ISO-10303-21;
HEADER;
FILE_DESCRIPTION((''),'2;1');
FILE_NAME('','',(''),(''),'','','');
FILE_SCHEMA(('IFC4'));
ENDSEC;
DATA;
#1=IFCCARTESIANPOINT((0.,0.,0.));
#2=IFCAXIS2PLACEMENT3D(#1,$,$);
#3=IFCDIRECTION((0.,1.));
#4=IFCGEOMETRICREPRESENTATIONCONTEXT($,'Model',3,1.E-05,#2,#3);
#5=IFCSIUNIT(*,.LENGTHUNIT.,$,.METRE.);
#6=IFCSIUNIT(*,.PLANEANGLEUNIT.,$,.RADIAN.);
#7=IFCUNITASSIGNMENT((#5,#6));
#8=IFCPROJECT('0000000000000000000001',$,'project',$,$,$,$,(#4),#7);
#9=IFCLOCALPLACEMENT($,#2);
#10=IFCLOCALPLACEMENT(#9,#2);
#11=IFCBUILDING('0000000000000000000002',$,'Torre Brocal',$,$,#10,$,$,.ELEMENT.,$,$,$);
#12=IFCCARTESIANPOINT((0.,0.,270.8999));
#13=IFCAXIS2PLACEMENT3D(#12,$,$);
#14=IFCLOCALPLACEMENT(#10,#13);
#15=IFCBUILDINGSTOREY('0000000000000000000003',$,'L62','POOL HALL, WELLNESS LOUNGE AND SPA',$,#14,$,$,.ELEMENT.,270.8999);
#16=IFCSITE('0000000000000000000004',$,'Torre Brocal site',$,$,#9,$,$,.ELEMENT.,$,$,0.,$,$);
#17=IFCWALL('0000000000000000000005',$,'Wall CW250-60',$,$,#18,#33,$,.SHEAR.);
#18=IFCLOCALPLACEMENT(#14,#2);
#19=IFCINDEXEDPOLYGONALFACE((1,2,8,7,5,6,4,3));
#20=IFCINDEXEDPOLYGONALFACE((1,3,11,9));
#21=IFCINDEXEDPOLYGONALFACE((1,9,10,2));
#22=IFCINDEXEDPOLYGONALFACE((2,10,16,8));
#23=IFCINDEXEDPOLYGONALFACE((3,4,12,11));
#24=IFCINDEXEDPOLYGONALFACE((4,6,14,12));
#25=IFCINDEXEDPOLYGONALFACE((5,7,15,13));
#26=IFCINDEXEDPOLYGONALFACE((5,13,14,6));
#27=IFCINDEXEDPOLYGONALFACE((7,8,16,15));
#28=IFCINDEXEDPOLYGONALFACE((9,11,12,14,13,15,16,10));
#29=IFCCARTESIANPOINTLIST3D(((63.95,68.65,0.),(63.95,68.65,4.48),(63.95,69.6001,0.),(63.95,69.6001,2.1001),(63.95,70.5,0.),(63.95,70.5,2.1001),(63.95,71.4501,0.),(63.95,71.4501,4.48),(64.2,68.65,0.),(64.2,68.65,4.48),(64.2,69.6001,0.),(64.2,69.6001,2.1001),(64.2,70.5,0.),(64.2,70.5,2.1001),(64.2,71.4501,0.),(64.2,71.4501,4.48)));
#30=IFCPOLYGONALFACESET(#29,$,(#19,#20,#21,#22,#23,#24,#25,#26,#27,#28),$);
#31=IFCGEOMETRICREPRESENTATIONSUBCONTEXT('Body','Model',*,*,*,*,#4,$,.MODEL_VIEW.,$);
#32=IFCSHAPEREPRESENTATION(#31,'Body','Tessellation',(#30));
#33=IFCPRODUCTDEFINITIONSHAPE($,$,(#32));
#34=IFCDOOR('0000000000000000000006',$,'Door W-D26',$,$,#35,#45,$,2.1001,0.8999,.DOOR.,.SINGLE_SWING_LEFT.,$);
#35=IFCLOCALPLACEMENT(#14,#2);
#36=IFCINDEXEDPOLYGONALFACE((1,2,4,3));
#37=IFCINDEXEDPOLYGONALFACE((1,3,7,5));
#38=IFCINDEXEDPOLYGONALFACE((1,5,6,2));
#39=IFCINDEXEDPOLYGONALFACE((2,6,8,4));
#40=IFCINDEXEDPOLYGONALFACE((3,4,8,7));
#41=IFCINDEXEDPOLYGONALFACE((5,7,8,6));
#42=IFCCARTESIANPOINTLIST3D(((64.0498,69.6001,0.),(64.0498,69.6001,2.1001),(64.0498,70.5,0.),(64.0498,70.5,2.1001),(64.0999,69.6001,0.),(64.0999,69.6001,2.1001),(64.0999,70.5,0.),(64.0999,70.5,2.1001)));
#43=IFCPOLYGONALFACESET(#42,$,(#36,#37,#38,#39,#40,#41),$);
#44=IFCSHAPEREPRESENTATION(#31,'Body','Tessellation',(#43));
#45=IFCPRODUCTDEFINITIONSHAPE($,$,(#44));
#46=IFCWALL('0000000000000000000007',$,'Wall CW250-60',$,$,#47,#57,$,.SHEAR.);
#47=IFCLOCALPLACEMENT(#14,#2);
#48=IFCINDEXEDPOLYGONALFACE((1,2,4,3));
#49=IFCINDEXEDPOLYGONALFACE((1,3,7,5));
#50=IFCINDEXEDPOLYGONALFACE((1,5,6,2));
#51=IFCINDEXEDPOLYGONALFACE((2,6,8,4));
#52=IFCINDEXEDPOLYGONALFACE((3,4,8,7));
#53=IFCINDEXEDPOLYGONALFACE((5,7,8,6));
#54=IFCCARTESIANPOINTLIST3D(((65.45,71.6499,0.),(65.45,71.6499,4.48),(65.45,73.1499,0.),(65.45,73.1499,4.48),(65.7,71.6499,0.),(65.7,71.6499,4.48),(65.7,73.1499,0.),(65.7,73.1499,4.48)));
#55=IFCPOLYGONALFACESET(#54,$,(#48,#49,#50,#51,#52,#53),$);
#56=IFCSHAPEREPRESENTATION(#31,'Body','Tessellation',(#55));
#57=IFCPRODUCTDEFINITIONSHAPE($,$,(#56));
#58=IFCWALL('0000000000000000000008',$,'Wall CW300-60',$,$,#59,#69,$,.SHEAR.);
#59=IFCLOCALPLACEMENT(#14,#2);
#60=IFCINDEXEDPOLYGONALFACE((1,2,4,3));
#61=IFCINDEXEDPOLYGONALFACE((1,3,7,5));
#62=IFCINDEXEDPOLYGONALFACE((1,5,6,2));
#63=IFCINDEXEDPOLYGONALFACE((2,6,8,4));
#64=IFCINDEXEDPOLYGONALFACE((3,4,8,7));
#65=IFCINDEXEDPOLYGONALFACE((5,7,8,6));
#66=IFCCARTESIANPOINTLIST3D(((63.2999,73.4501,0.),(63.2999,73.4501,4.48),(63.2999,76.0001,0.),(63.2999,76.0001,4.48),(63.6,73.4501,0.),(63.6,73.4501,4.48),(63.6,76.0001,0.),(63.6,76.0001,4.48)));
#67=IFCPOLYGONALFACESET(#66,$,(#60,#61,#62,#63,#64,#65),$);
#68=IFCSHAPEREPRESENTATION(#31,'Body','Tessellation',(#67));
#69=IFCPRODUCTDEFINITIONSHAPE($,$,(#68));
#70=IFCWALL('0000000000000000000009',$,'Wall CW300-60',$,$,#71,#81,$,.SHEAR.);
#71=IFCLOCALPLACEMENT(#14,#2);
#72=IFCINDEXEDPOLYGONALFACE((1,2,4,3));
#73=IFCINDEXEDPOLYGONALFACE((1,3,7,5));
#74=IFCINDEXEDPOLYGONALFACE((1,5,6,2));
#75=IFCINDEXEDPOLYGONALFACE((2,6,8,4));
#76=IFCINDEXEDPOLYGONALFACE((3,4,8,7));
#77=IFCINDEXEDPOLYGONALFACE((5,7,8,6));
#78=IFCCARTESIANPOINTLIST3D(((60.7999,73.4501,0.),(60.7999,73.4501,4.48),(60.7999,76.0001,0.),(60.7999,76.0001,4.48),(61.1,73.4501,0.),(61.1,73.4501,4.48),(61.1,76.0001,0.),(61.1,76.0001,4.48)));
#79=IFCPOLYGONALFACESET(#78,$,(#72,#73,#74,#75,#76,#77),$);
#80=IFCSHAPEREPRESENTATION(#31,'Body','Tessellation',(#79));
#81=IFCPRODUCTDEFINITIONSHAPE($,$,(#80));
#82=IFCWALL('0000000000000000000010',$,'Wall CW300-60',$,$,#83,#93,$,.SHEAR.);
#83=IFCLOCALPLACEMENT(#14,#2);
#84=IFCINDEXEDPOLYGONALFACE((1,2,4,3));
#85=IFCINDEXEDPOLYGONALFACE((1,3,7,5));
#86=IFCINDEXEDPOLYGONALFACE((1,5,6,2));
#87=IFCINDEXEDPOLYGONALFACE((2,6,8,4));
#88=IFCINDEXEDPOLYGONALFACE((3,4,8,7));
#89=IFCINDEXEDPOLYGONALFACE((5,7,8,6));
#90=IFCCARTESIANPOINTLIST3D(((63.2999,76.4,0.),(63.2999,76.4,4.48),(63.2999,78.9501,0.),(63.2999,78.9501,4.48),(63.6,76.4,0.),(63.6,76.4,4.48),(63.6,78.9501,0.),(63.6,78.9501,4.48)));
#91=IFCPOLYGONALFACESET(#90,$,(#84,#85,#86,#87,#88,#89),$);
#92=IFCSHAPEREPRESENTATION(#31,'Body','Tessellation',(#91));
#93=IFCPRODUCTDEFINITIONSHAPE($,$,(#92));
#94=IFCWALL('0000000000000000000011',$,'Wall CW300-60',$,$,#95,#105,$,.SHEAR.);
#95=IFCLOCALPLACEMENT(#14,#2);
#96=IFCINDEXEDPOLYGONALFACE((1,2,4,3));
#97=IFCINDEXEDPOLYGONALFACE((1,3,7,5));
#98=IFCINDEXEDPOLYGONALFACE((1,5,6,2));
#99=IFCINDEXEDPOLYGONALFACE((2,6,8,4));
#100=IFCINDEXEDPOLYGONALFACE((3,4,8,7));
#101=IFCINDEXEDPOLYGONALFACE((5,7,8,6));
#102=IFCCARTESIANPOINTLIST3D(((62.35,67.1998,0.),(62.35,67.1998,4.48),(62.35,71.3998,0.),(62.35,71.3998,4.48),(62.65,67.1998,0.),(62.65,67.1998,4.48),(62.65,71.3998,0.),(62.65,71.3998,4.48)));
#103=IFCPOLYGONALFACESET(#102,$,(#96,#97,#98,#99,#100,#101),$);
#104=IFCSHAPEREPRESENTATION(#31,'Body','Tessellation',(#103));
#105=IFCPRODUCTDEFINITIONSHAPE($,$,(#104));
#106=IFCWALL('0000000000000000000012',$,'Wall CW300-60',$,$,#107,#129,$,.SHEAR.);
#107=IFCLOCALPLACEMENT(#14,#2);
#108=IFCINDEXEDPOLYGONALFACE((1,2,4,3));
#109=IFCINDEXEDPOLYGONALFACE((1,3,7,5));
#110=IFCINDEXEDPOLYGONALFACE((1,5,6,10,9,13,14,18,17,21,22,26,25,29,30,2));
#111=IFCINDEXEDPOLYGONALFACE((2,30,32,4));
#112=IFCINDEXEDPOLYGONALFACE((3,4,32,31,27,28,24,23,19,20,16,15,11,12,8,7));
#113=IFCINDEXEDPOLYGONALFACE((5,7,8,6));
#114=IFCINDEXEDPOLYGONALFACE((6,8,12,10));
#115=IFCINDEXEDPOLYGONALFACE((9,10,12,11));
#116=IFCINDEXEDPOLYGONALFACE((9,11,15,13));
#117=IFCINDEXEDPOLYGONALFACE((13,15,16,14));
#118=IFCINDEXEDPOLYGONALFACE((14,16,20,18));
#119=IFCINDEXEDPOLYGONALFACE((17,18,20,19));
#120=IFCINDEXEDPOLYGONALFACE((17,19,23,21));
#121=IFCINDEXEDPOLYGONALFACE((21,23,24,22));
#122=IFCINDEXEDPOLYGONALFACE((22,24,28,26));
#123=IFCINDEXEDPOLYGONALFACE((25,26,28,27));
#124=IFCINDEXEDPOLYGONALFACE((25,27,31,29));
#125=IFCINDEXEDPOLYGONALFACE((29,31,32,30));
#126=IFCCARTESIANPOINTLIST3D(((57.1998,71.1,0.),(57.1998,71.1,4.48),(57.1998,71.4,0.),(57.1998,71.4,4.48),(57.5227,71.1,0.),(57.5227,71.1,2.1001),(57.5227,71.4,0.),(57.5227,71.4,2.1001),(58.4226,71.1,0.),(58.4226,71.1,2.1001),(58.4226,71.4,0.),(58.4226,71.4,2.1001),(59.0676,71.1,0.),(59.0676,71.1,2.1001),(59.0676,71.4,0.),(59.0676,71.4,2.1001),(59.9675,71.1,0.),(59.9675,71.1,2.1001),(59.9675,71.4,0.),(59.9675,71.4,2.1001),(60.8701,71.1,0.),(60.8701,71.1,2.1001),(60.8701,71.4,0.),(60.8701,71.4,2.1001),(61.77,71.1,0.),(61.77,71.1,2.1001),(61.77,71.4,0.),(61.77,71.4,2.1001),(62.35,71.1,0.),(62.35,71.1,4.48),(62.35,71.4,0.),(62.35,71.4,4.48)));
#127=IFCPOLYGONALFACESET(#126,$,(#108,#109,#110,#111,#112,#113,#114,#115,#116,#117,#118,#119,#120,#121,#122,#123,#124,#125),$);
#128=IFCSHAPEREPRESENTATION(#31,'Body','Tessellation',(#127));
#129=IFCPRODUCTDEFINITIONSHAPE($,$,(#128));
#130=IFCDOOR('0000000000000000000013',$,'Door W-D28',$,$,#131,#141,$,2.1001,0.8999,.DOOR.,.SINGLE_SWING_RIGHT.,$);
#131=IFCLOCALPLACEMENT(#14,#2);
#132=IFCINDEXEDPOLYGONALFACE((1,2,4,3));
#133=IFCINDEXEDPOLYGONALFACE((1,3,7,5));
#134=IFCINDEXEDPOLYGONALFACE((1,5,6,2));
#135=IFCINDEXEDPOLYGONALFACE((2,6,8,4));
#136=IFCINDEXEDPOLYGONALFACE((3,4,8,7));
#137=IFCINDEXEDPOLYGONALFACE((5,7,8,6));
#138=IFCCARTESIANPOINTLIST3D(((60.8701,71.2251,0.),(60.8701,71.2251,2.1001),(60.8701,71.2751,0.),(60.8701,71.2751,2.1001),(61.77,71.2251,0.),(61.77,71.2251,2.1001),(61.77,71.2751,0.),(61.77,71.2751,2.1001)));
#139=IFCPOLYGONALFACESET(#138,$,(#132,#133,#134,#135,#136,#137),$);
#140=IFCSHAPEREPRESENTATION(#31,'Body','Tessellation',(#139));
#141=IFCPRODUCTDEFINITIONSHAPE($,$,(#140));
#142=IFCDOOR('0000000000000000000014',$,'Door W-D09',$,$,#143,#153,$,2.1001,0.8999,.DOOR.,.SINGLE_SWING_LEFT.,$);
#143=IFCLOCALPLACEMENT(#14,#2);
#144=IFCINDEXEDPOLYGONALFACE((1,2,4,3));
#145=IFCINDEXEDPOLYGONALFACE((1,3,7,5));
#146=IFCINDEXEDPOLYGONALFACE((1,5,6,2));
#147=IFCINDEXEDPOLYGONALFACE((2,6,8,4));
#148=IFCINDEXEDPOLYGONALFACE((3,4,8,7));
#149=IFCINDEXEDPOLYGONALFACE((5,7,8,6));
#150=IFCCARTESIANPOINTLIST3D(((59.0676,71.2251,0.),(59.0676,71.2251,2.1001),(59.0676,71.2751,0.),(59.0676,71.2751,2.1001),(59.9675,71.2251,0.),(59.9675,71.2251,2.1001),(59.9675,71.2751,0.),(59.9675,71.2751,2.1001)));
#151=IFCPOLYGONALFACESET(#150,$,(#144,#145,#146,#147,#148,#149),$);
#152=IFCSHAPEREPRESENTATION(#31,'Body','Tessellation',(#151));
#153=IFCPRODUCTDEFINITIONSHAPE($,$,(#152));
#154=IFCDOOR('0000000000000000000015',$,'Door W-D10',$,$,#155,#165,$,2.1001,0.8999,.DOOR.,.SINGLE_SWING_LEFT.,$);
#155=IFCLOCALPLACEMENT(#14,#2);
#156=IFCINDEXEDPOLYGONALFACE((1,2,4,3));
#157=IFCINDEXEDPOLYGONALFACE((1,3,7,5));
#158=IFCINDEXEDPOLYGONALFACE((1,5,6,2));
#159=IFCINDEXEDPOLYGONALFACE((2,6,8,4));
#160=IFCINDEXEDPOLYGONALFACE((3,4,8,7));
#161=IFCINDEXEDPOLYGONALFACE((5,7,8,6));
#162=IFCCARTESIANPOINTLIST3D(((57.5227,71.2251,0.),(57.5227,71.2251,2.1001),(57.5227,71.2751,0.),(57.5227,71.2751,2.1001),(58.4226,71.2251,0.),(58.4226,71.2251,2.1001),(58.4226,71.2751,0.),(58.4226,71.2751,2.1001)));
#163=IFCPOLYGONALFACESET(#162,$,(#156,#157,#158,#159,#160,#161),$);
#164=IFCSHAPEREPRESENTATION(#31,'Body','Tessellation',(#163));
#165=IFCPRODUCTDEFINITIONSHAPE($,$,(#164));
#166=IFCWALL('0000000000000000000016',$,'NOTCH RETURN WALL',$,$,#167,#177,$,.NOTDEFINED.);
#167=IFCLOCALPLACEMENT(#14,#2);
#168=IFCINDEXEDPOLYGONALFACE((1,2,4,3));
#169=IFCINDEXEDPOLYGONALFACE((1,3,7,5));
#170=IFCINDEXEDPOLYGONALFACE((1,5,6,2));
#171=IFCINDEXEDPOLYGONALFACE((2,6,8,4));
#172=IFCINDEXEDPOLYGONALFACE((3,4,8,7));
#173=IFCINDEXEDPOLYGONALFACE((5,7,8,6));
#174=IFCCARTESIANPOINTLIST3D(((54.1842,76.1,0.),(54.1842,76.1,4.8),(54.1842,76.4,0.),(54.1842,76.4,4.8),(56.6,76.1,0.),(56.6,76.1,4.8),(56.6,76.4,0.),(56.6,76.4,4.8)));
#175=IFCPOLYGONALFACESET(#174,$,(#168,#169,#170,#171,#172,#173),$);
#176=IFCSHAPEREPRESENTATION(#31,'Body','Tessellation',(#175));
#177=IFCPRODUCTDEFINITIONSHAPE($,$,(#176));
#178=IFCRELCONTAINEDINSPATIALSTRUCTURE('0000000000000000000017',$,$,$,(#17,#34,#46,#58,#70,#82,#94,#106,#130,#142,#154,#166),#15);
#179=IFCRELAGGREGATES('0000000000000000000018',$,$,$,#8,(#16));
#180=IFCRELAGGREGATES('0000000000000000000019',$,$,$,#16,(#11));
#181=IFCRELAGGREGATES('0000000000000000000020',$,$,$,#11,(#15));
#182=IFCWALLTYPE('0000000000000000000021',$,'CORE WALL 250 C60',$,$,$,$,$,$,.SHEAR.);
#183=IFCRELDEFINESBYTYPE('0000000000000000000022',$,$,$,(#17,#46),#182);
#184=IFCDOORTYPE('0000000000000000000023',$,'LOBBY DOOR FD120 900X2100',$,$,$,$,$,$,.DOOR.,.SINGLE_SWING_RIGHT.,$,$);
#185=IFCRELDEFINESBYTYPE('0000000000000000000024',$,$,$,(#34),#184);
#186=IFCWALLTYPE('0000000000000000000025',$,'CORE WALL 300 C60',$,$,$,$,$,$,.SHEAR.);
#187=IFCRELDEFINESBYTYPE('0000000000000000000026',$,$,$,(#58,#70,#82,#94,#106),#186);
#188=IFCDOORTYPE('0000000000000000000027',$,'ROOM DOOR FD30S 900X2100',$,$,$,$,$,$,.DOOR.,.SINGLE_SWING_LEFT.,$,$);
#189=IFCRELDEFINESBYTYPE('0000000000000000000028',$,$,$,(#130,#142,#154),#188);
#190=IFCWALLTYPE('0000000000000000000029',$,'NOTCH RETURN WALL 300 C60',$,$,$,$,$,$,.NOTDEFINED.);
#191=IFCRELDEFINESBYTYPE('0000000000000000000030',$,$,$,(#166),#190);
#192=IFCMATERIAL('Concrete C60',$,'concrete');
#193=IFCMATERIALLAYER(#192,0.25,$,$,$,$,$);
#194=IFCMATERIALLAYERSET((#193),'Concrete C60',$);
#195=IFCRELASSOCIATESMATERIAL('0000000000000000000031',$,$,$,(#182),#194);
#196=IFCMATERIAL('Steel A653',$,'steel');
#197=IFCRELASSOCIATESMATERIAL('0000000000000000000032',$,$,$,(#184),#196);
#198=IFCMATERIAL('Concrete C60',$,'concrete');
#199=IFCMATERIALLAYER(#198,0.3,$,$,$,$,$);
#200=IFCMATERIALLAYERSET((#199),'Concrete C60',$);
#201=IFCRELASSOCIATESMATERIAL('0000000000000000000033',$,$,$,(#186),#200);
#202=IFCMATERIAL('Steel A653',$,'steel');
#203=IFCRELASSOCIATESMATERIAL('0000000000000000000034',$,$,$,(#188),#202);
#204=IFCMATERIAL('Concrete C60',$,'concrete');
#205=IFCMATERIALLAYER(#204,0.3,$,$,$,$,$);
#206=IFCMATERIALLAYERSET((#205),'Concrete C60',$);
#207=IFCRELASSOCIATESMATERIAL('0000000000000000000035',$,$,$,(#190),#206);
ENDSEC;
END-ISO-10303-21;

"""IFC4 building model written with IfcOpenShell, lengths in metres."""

from ifc_helpers import new_model, si_unit, direction, frame, frame_2d, origin, place, context, subcontext, project, spatial, rectangle, extrude, material, layer, layer_set, type_object, element, fill, save


model = new_model("IFC4")

# Units and contexts
model_context = context("Model", 3, precision=1e-05, world=origin(), true_north=direction((0.0, 1.0)))
body_context = subcontext(model_context, "Body", "Model", "MODEL_VIEW")
ifc_project = project(units=[si_unit("LENGTHUNIT", "METRE"), si_unit("PLANEANGLEUNIT", "RADIAN")], contexts=[model_context])

# Site, building, storey
site_placement = place(None, origin())
site = spatial("IfcSite", under=ifc_project, at=site_placement, Name="Torre Brocal site", CompositionType="ELEMENT", RefElevation=0.0)
building_placement = place(site_placement, origin())
building = spatial("IfcBuilding", under=site, at=building_placement, Name="Torre Brocal", CompositionType="ELEMENT")
storey_placement = place(building_placement, frame((0.0, 0.0, 270.8999)))
storey = spatial("IfcBuildingStorey", under=building, at=storey_placement, Name="L62", Description="POOL HALL, WELLNESS LOUNGE AND SPA", CompositionType="ELEMENT", Elevation=270.8999)

# Wall, opening, door
ifc_material_1 = material(Name="Concrete C60", Category="concrete")
ifc_layer_1 = layer(ifc_material_1, 0.25)
ifc_layer_set_1 = layer_set([ifc_layer_1], Name="Concrete C60")
wall_type_1 = type_object("IfcWallType", Name="CORE WALL 250 C60", PredefinedType="SHEAR", material=ifc_layer_set_1)
wall_1_placement = place(storey_placement, frame((64.075, 71.45, 0.0), z_axis=(0.0, 0.0, 1.0), x_axis=(0.0, -1.0, 0.0)))
wall_1 = element("IfcWall", 1, at=wall_1_placement, inside=storey, type_object=wall_type_1, Name="Wall CW250-60", PredefinedType="SHEAR", context=body_context, shape_type="SweptSolid", body=[
    extrude(rectangle(XDim=2.8, YDim=0.25, at=frame_2d((1.3999, 0.0))), origin(), (0.0, 0.0, 1.0), 4.48),
])
opening_1_placement = place(wall_1_placement, frame((0.95, 0.0, 0.0)))
opening_1 = element("IfcOpeningElement", 2, at=opening_1_placement, cuts=wall_1, PredefinedType="OPENING", context=body_context, shape_type="SweptSolid", body=[
    extrude(rectangle(XDim=0.8999, YDim=2.1001, at=frame_2d((0.45, 1.05))), frame((0.0, 0.135, 0.0), z_axis=(0.0, -1.0, 0.0), x_axis=(1.0, 0.0, 0.0)), (0.0, 0.0, 1.0), 0.27),
])
ifc_material_2 = material(Name="Steel A653", Category="steel")
door_type_1 = type_object("IfcDoorType", Name="LOBBY DOOR FD120 900X2100", OperationType="SINGLE_SWING_RIGHT", PredefinedType="DOOR", material=ifc_material_2)
door_1_placement = place(opening_1_placement, origin())
door_1 = element("IfcDoor", 3, at=door_1_placement, inside=storey, type_object=door_type_1, Name="Door W-D26", OperationType="SINGLE_SWING_LEFT", OverallHeight=2.1001, OverallWidth=0.8999, PredefinedType="DOOR", context=body_context, shape_type="SweptSolid", body=[
    extrude(rectangle(XDim=0.8999, YDim=2.1001, at=frame_2d((0.45, 1.05))), frame((0.0, 0.0249, 0.0), z_axis=(0.0, -1.0, 0.0), x_axis=(1.0, 0.0, 0.0)), (0.0, 0.0, 1.0), 0.05),
])
fill(opening_1, door_1)

# Walls
wall_2_placement = place(storey_placement, frame((65.575, 73.1499, 0.0), z_axis=(0.0, 0.0, 1.0), x_axis=(0.0, -1.0, 0.0)))
element("IfcWall", 4, at=wall_2_placement, inside=storey, type_object=wall_type_1, Name="Wall CW250-60", PredefinedType="SHEAR", context=body_context, shape_type="SweptSolid", body=[
    extrude(rectangle(XDim=1.5, YDim=0.25, at=frame_2d((0.75, 0.0))), origin(), (0.0, 0.0, 1.0), 4.48),
])
ifc_material_3 = material(Name="Concrete C60", Category="concrete")
ifc_layer_2 = layer(ifc_material_3, 0.3)
ifc_layer_set_2 = layer_set([ifc_layer_2], Name="Concrete C60")
wall_type_2 = type_object("IfcWallType", Name="CORE WALL 300 C60", PredefinedType="SHEAR", material=ifc_layer_set_2)
for number, where, z_axis, x_axis, name in (
    (5, (63.45, 76.0, 0.0), (0.0, 0.0, 1.0), (0.0, -1.0, 0.0), "Wall CW300-60"),
    (6, (60.95, 76.0, 0.0), (0.0, 0.0, 1.0), (0.0, -1.0, 0.0), "Wall CW300-60"),
    (7, (63.45, 78.95, 0.0), (0.0, 0.0, 1.0), (0.0, -1.0, 0.0), "Wall CW300-60"),
):
    element("IfcWall", number, at=place(storey_placement, frame(where, z_axis=z_axis, x_axis=x_axis)), inside=storey, type_object=wall_type_2, Name=name, PredefinedType="SHEAR", context=body_context, shape_type="SweptSolid", body=[
        extrude(rectangle(XDim=2.55, YDim=0.3, at=frame_2d((1.2749, 0.0))), origin(), (0.0, 0.0, 1.0), 4.48),
    ])
wall_3_placement = place(storey_placement, frame((62.5, 71.3999, 0.0), z_axis=(0.0, 0.0, 1.0), x_axis=(0.0, -1.0, 0.0)))
element("IfcWall", 8, at=wall_3_placement, inside=storey, type_object=wall_type_2, Name="Wall CW300-60", PredefinedType="SHEAR", context=body_context, shape_type="SweptSolid", body=[
    extrude(rectangle(XDim=4.2, YDim=0.3, at=frame_2d((2.1001, 0.0))), origin(), (0.0, 0.0, 1.0), 4.48),
])

# Wall, openings, doors
wall_4_placement = place(storey_placement, frame((62.3501, 71.25, 0.0), z_axis=(0.0, 0.0, 1.0), x_axis=(-1.0, 0.0, 0.0)))
wall_4 = element("IfcWall", 9, at=wall_4_placement, inside=storey, type_object=wall_type_2, Name="Wall CW300-60", PredefinedType="SHEAR", context=body_context, shape_type="SweptSolid", body=[
    extrude(rectangle(XDim=5.1501, YDim=0.3, at=frame_2d((2.5752, 0.0))), origin(), (0.0, 0.0, 1.0), 4.48),
])
opening_2_placement = place(wall_4_placement, frame((0.5801, 0.0, 0.0)))
opening_2 = element("IfcOpeningElement", 10, at=opening_2_placement, cuts=wall_4, PredefinedType="OPENING", context=body_context, shape_type="SweptSolid", body=[
    extrude(rectangle(XDim=0.8999, YDim=2.1001, at=frame_2d((0.45, 1.05))), frame((0.0, 0.1599, 0.0), z_axis=(0.0, -1.0, 0.0), x_axis=(1.0, 0.0, 0.0)), (0.0, 0.0, 1.0), 0.3201),
])
opening_3_placement = place(wall_4_placement, frame((2.3826, 0.0, 0.0)))
opening_3 = element("IfcOpeningElement", 11, at=opening_3_placement, cuts=wall_4, PredefinedType="OPENING", context=body_context, shape_type="SweptSolid", body=[
    extrude(rectangle(XDim=0.8999, YDim=2.1001, at=frame_2d((0.45, 1.05))), frame((0.0, 0.1599, 0.0), z_axis=(0.0, -1.0, 0.0), x_axis=(1.0, 0.0, 0.0)), (0.0, 0.0, 1.0), 0.3201),
])
opening_4_placement = place(wall_4_placement, frame((3.9275, 0.0, 0.0)))
opening_4 = element("IfcOpeningElement", 12, at=opening_4_placement, cuts=wall_4, PredefinedType="OPENING", context=body_context, shape_type="SweptSolid", body=[
    extrude(rectangle(XDim=0.8999, YDim=2.1001, at=frame_2d((0.45, 1.05))), frame((0.0, 0.1599, 0.0), z_axis=(0.0, -1.0, 0.0), x_axis=(1.0, 0.0, 0.0)), (0.0, 0.0, 1.0), 0.3201),
])
ifc_material_4 = material(Name="Steel A653", Category="steel")
door_type_2 = type_object("IfcDoorType", Name="ROOM DOOR FD30S 900X2100", OperationType="SINGLE_SWING_LEFT", PredefinedType="DOOR", material=ifc_material_4)
door_2_placement = place(opening_2_placement, origin())
door_2 = element("IfcDoor", 13, at=door_2_placement, inside=storey, type_object=door_type_2, Name="Door W-D28", OperationType="SINGLE_SWING_RIGHT", OverallHeight=2.1001, OverallWidth=0.8999, PredefinedType="DOOR", context=body_context, shape_type="SweptSolid", body=[
    extrude(rectangle(XDim=0.8999, YDim=2.1001, at=frame_2d((0.45, 1.05))), frame((0.0, 0.0249, 0.0), z_axis=(0.0, -1.0, 0.0), x_axis=(1.0, 0.0, 0.0)), (0.0, 0.0, 1.0), 0.05),
])
fill(opening_2, door_2)
door_3_placement = place(opening_3_placement, origin())
door_3 = element("IfcDoor", 14, at=door_3_placement, inside=storey, type_object=door_type_2, Name="Door W-D09", OperationType="SINGLE_SWING_LEFT", OverallHeight=2.1001, OverallWidth=0.8999, PredefinedType="DOOR", context=body_context, shape_type="SweptSolid", body=[
    extrude(rectangle(XDim=0.8999, YDim=2.1001, at=frame_2d((0.45, 1.05))), frame((0.0, 0.0249, 0.0), z_axis=(0.0, -1.0, 0.0), x_axis=(1.0, 0.0, 0.0)), (0.0, 0.0, 1.0), 0.05),
])
fill(opening_3, door_3)
door_4_placement = place(opening_4_placement, origin())
door_4 = element("IfcDoor", 15, at=door_4_placement, inside=storey, type_object=door_type_2, Name="Door W-D10", OperationType="SINGLE_SWING_LEFT", OverallHeight=2.1001, OverallWidth=0.8999, PredefinedType="DOOR", context=body_context, shape_type="SweptSolid", body=[
    extrude(rectangle(XDim=0.8999, YDim=2.1001, at=frame_2d((0.45, 1.05))), frame((0.0, 0.0249, 0.0), z_axis=(0.0, -1.0, 0.0), x_axis=(1.0, 0.0, 0.0)), (0.0, 0.0, 1.0), 0.05),
])
fill(opening_4, door_4)

# Wall
ifc_material_5 = material(Name="Concrete C60", Category="concrete")
ifc_layer_3 = layer(ifc_material_5, 0.3)
ifc_layer_set_3 = layer_set([ifc_layer_3], Name="Concrete C60")
wall_type_3 = type_object("IfcWallType", Name="NOTCH RETURN WALL 300 C60", PredefinedType="NOTDEFINED", material=ifc_layer_set_3)
for number, where, z_axis, x_axis, name in (
    (16, (56.6001, 76.25, 0.0), (0.0, 0.0, 1.0), (-1.0, 0.0, 0.0), "NOTCH RETURN WALL"),
):
    element("IfcWall", number, at=place(storey_placement, frame(where, z_axis=z_axis, x_axis=x_axis)), inside=storey, type_object=wall_type_3, Name=name, PredefinedType="NOTDEFINED", context=body_context, shape_type="SweptSolid", body=[
        extrude(rectangle(XDim=2.4158, YDim=0.3, at=frame_2d((1.208, 0.0))), origin(), (0.0, 0.0, 1.0), 4.8),
    ])

save(model, "model.ifc")
